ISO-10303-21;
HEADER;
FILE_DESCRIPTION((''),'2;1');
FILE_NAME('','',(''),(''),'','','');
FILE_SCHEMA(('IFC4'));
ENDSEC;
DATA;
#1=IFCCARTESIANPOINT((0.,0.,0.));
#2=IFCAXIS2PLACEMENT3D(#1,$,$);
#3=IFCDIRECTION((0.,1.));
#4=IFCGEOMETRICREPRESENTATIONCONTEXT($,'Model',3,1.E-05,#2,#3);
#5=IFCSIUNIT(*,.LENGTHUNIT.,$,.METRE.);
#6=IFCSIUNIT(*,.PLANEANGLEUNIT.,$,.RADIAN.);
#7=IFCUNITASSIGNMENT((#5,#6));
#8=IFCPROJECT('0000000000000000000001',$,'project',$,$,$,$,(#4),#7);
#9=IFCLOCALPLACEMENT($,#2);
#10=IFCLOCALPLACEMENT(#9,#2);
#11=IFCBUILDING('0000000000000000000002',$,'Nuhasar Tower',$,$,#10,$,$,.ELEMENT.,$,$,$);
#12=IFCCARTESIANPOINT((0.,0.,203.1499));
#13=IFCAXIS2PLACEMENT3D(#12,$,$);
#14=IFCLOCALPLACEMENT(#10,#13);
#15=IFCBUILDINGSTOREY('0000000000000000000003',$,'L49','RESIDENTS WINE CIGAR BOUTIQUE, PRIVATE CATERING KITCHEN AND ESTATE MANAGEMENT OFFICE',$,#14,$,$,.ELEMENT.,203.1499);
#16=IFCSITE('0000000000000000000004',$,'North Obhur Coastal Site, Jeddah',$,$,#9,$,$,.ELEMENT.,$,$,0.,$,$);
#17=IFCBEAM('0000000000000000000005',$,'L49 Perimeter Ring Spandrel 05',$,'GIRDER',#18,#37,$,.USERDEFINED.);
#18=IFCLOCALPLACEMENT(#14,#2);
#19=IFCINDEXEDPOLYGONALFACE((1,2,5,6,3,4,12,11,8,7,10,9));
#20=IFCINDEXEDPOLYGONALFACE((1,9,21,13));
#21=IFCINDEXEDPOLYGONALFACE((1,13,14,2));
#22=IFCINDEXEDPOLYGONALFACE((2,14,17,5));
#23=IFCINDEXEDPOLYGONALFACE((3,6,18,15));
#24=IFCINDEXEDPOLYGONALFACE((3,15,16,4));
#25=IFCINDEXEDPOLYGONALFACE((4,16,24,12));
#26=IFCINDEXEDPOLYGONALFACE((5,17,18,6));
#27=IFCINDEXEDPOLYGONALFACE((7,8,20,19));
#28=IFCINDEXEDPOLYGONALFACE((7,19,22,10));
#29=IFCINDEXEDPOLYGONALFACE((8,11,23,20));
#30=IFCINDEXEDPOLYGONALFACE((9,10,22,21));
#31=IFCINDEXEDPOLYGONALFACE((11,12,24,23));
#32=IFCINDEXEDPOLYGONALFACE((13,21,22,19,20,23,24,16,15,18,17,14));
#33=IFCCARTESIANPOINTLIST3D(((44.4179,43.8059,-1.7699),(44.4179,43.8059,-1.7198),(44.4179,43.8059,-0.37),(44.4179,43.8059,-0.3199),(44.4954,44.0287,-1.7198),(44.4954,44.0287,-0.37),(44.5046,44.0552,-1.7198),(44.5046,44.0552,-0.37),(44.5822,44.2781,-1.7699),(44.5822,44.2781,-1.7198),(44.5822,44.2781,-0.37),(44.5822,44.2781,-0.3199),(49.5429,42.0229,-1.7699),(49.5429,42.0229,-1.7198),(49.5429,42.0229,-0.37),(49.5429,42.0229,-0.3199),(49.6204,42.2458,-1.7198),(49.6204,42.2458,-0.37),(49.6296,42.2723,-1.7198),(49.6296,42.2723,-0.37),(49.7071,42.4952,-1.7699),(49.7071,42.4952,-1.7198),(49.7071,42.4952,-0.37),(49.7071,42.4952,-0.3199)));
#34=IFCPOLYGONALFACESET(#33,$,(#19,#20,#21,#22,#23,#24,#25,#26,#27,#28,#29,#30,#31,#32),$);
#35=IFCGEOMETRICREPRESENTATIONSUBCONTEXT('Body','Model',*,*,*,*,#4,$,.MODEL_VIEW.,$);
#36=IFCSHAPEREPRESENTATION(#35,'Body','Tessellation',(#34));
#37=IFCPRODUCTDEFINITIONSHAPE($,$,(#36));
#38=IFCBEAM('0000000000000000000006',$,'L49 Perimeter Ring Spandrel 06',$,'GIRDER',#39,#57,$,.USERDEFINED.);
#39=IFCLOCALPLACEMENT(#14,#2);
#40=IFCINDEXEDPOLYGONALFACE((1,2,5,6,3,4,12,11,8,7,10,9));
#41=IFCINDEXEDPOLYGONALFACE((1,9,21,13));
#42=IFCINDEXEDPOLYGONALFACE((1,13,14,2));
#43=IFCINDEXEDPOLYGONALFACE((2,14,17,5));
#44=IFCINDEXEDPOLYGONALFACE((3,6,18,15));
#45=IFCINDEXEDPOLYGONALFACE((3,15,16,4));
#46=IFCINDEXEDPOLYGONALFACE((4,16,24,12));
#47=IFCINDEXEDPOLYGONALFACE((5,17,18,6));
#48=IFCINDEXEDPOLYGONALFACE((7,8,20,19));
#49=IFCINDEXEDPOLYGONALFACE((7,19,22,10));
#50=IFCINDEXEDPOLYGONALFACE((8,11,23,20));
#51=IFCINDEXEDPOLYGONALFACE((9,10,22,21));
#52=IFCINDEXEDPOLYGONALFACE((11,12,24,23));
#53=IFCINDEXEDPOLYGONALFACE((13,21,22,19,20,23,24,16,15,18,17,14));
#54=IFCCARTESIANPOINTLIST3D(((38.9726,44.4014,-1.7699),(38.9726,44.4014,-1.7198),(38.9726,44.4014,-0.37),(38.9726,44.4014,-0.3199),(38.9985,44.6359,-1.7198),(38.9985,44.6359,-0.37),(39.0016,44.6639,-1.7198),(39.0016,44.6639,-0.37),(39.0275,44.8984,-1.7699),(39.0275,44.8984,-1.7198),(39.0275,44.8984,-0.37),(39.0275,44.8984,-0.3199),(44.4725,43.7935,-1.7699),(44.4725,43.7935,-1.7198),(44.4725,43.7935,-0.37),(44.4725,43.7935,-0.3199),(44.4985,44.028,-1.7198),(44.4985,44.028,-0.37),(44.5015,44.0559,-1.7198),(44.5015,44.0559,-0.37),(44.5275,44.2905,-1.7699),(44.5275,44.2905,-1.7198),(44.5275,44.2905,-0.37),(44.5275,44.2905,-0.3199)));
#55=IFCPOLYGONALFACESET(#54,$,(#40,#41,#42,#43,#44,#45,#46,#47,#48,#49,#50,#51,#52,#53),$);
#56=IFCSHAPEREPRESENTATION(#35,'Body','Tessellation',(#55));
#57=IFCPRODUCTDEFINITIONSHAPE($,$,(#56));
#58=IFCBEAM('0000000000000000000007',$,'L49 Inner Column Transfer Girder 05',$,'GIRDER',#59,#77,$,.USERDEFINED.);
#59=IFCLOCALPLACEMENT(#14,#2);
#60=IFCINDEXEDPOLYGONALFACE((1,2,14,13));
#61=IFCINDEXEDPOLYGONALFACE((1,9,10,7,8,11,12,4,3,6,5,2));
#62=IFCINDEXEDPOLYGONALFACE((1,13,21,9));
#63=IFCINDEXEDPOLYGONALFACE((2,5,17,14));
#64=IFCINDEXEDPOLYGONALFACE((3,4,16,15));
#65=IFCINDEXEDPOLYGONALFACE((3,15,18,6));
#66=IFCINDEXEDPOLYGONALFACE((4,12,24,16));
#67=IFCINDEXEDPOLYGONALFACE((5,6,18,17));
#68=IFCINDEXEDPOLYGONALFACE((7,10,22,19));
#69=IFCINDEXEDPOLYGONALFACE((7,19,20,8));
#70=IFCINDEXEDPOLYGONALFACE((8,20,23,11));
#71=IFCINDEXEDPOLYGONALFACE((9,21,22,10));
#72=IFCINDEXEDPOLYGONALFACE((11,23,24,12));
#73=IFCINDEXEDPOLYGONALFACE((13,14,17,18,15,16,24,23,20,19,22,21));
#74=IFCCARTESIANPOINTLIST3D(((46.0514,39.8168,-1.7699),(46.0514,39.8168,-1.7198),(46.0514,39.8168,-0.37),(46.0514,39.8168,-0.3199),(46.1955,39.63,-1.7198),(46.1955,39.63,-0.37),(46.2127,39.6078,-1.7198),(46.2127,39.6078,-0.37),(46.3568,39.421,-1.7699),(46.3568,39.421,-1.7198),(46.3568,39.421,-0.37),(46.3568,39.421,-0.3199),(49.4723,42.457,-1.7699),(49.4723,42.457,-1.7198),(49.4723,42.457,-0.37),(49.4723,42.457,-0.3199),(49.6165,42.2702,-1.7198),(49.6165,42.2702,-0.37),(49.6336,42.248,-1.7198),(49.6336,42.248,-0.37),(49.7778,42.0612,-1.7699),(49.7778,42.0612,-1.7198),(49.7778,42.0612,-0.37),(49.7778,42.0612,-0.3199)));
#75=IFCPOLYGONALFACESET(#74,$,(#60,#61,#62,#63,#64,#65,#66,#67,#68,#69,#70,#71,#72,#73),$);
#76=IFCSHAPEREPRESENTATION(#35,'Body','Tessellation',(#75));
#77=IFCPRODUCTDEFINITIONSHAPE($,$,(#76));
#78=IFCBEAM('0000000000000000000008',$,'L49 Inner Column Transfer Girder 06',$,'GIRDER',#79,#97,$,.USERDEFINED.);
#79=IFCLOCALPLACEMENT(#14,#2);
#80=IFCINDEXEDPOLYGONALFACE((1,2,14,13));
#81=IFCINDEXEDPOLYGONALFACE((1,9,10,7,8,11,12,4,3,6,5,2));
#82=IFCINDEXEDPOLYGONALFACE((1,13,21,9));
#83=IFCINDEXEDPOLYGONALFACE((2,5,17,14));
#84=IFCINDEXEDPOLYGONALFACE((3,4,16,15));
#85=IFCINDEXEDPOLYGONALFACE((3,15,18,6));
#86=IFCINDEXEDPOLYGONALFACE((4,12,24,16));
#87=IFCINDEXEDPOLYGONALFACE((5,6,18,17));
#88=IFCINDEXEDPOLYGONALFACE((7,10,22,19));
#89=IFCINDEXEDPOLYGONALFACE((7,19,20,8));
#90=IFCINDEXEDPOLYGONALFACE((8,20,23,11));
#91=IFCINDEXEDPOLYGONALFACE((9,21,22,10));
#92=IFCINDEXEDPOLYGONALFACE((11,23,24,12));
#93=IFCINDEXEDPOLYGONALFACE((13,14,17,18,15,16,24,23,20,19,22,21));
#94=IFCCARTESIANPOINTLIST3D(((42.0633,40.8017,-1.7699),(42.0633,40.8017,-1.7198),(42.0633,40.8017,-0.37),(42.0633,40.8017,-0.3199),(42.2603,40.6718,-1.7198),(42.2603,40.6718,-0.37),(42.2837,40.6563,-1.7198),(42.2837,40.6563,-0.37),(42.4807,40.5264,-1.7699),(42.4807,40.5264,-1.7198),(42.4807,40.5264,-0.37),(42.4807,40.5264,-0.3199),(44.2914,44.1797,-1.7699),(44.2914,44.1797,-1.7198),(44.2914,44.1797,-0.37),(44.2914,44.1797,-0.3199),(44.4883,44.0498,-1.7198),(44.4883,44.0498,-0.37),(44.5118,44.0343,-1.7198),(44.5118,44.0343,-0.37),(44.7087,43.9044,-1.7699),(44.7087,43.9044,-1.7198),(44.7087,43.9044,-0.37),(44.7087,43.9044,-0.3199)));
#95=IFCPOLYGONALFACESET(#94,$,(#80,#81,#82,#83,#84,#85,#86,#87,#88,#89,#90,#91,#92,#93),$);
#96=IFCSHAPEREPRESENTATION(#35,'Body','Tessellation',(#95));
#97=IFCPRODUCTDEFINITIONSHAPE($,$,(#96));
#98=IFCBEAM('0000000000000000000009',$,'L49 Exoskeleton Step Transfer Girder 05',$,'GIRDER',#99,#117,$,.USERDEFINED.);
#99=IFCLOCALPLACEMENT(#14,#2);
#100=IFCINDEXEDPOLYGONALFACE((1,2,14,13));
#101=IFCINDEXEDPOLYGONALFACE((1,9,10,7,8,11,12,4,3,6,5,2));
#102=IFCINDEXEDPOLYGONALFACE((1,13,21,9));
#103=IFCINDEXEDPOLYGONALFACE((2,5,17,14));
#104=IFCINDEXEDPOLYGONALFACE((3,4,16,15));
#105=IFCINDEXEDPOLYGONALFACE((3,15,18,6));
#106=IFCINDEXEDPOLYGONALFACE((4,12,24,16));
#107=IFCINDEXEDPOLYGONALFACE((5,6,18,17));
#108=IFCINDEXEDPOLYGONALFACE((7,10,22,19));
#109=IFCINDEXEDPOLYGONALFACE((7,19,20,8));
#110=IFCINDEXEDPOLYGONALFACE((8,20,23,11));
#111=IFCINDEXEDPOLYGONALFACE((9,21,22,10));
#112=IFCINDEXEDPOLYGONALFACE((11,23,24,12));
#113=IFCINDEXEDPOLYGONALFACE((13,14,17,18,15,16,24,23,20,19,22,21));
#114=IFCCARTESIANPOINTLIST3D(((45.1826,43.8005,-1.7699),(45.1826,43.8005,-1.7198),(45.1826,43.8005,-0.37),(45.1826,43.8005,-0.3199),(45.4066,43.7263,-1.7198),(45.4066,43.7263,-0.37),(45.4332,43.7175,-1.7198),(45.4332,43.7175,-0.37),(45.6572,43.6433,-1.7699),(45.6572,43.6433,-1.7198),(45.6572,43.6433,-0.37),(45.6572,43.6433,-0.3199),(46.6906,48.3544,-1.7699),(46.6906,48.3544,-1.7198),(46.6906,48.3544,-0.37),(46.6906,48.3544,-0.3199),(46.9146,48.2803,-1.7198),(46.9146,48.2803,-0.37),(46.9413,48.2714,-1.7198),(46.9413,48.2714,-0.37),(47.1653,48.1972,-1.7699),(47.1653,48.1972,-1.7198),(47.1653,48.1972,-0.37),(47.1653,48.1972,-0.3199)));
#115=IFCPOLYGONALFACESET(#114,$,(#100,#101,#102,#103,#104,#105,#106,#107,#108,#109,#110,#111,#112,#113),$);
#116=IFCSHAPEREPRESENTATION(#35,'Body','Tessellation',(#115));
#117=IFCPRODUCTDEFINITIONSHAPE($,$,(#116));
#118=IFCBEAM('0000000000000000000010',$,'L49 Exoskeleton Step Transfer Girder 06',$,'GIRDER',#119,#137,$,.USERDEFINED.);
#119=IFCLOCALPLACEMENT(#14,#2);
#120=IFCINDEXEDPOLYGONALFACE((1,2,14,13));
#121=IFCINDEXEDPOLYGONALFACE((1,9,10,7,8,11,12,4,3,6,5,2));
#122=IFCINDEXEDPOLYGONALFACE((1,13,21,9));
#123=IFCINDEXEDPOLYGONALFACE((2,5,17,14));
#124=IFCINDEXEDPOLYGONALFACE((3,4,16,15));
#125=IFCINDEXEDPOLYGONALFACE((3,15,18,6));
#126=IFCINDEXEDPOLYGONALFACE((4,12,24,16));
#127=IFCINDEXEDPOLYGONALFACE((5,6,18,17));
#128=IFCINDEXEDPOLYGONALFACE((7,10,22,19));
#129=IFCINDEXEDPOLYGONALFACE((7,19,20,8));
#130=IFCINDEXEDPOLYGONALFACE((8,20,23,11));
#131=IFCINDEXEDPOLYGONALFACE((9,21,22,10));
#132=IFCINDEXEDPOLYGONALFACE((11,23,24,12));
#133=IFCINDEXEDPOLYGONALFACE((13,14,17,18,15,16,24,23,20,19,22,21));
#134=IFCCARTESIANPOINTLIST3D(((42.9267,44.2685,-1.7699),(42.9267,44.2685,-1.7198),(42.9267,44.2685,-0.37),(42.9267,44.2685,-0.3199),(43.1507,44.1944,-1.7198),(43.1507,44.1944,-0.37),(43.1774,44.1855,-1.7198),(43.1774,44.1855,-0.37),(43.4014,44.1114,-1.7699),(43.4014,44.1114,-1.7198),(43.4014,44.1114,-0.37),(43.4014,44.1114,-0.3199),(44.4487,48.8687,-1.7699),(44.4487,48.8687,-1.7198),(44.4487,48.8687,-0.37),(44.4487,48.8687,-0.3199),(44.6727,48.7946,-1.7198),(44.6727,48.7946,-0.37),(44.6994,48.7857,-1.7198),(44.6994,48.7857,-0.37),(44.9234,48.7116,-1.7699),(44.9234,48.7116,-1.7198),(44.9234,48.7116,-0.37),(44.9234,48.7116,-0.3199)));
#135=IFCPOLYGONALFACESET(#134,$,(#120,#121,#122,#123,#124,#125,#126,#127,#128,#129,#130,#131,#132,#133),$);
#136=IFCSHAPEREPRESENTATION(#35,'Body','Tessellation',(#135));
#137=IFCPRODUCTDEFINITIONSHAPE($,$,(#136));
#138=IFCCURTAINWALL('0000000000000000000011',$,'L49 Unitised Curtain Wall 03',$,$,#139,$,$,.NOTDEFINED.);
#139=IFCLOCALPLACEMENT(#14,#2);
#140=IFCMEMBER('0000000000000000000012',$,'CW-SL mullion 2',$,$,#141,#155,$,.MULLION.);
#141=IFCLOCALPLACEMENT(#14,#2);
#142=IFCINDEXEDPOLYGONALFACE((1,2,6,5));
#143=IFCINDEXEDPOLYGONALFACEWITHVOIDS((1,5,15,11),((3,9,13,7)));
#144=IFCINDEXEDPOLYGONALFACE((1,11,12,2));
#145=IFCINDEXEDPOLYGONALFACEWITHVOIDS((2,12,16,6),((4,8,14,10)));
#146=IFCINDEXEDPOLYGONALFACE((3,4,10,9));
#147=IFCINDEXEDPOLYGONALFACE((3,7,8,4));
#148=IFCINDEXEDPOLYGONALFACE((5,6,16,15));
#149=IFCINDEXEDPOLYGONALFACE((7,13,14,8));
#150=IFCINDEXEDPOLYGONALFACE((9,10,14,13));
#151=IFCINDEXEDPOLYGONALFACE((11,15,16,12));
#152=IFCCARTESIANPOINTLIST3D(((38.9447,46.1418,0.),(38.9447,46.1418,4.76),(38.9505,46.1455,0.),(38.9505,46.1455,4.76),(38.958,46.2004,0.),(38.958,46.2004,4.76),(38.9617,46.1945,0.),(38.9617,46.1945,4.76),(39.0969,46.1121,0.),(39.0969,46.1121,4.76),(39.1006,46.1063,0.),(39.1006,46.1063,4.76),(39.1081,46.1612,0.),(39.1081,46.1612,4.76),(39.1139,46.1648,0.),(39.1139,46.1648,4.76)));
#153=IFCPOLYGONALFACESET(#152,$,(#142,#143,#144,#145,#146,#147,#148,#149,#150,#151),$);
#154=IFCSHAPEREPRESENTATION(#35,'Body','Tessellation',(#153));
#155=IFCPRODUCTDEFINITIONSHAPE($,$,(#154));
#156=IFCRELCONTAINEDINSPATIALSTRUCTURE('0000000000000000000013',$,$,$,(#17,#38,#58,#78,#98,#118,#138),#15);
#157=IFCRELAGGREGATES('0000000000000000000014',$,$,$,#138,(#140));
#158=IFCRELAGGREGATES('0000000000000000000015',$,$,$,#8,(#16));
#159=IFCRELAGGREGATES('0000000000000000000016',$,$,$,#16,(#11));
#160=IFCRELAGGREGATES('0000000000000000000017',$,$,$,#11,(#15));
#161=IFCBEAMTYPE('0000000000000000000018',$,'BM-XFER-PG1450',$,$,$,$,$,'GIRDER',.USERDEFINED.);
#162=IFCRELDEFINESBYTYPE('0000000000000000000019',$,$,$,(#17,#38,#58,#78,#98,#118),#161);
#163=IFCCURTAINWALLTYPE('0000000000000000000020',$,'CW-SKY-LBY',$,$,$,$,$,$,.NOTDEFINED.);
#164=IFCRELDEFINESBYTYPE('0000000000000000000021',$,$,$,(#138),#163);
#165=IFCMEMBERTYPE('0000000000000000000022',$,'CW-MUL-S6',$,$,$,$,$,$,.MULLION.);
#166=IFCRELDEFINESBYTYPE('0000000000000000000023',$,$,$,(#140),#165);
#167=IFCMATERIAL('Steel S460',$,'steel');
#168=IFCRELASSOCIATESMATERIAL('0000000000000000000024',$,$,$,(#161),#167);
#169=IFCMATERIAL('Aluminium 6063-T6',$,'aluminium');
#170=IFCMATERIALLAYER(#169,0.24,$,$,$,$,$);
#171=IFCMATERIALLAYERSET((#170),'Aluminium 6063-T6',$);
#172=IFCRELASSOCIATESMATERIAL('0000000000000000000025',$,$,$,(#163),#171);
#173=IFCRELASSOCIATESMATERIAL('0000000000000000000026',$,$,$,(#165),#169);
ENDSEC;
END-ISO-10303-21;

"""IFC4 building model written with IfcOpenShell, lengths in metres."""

from ifc_helpers import new_model, si_unit, direction, frame, origin, origin_2d, place, context, subcontext, project, spatial, hollow_rectangle, i_section, extrude, material, layer, layer_set, material_profile, profile_set, type_object, element, aggregate, save


model = new_model("IFC4")

# Units and contexts
model_context = context("Model", 3, precision=1e-05, world=origin(), true_north=direction((0.0, 1.0)))
body_context = subcontext(model_context, "Body", "Model", "MODEL_VIEW")
ifc_project = project(units=[si_unit("LENGTHUNIT", "METRE"), si_unit("PLANEANGLEUNIT", "RADIAN")], contexts=[model_context])

# Site, building, storey
site_placement = place(None, origin())
site = spatial("IfcSite", under=ifc_project, at=site_placement, Name="North Obhur Coastal Site, Jeddah", CompositionType="ELEMENT", RefElevation=0.0)
building_placement = place(site_placement, origin())
building = spatial("IfcBuilding", under=site, at=building_placement, Name="Nuhasar Tower", CompositionType="ELEMENT")
storey_placement = place(building_placement, frame((0.0, 0.0, 203.1499)))
storey = spatial("IfcBuildingStorey", under=building, at=storey_placement, Name="L49", Description="RESIDENTS WINE CIGAR BOUTIQUE, PRIVATE CATERING KITCHEN AND ESTATE MANAGEMENT OFFICE", CompositionType="ELEMENT", Elevation=203.1499)

# Beams
ifc_material_1 = material(Name="Steel S460", Category="steel")
ifc_material_profile_1 = material_profile(ifc_material_1, i_section(OverallWidth=0.5, OverallDepth=1.45, WebThickness=0.0281, FlangeThickness=0.05, at=origin_2d()), Name="PG1450X500")
ifc_profile_set_1 = profile_set([ifc_material_profile_1], Name="Steel S460")
beam_type_1 = type_object("IfcBeamType", Name="BM-XFER-PG1450", ElementType="GIRDER", PredefinedType="USERDEFINED", material=ifc_profile_set_1)
beam_1_placement = place(storey_placement, frame((49.625, 42.259, -1.0449), z_axis=(-0.944477, 0.328578, 0.0), x_axis=(-0.328578, -0.944477, 0.0)))
element("IfcBeam", 1, at=beam_1_placement, inside=storey, type_object=beam_type_1, Name="L49 Perimeter Ring Spandrel 05", ObjectType="GIRDER", PredefinedType="USERDEFINED", context=body_context, shape_type="SweptSolid", body=[
    extrude(i_section(OverallWidth=0.5, OverallDepth=1.45, WebThickness=0.0281, FlangeThickness=0.05, at=origin_2d()), origin(), (0.0, 0.0, 1.0), 5.4263),
])
beam_2_placement = place(storey_placement, frame((44.5, 44.042, -1.0449), z_axis=(-0.993947, 0.10986, 0.0), x_axis=(-0.10986, -0.993947, 0.0)))
element("IfcBeam", 2, at=beam_2_placement, inside=storey, type_object=beam_type_1, Name="L49 Perimeter Ring Spandrel 06", ObjectType="GIRDER", PredefinedType="USERDEFINED", context=body_context, shape_type="SweptSolid", body=[
    extrude(i_section(OverallWidth=0.5, OverallDepth=1.45, WebThickness=0.0281, FlangeThickness=0.05, at=origin_2d()), origin(), (0.0, 0.0, 1.0), 5.5334),
])
beam_3_placement = place(storey_placement, frame((46.2041, 39.6189, -1.0449), z_axis=(0.791653, 0.610971, 0.0), x_axis=(-0.610971, 0.791653, 0.0)))
element("IfcBeam", 3, at=beam_3_placement, inside=storey, type_object=beam_type_1, Name="L49 Inner Column Transfer Girder 05", ObjectType="GIRDER", PredefinedType="USERDEFINED", context=body_context, shape_type="SweptSolid", body=[
    extrude(i_section(OverallWidth=0.5, OverallDepth=1.45, WebThickness=0.0281, FlangeThickness=0.05, at=origin_2d()), origin(), (0.0, 0.0, 1.0), 4.3213),
])
beam_4_placement = place(storey_placement, frame((42.272, 40.6641, -1.0449), z_axis=(0.5506, 0.834769, 0.0), x_axis=(-0.834769, 0.5506, 0.0)))
element("IfcBeam", 4, at=beam_4_placement, inside=storey, type_object=beam_type_1, Name="L49 Inner Column Transfer Girder 06", ObjectType="GIRDER", PredefinedType="USERDEFINED", context=body_context, shape_type="SweptSolid", body=[
    extrude(i_section(OverallWidth=0.5, OverallDepth=1.45, WebThickness=0.0281, FlangeThickness=0.05, at=origin_2d()), origin(), (0.0, 0.0, 1.0), 4.0466),
])
beam_5_placement = place(storey_placement, frame((45.4199, 43.7219, -1.0449), z_axis=(0.314364, 0.949302, 0.0), x_axis=(-0.949302, 0.314364, 0.0)))
element("IfcBeam", 5, at=beam_5_placement, inside=storey, type_object=beam_type_1, Name="L49 Exoskeleton Step Transfer Girder 05", ObjectType="GIRDER", PredefinedType="USERDEFINED", context=body_context, shape_type="SweptSolid", body=[
    extrude(i_section(OverallWidth=0.5, OverallDepth=1.45, WebThickness=0.0281, FlangeThickness=0.05, at=origin_2d()), origin(), (0.0, 0.0, 1.0), 4.7971),
])
beam_6_placement = place(storey_placement, frame((43.1641, 44.1899, -1.0449), z_axis=(0.314111, 0.949386, 0.0), x_axis=(-0.949386, 0.314111, 0.0)))
element("IfcBeam", 6, at=beam_6_placement, inside=storey, type_object=beam_type_1, Name="L49 Exoskeleton Step Transfer Girder 06", ObjectType="GIRDER", PredefinedType="USERDEFINED", context=body_context, shape_type="SweptSolid", body=[
    extrude(i_section(OverallWidth=0.5, OverallDepth=1.45, WebThickness=0.0281, FlangeThickness=0.05, at=origin_2d()), origin(), (0.0, 0.0, 1.0), 4.8455),
])

# Curtain wall, member
ifc_material_2 = material(Name="Aluminium 6063-T6", Category="aluminium")
ifc_layer_1 = layer(ifc_material_2, 0.24)
ifc_layer_set_1 = layer_set([ifc_layer_1], Name="Aluminium 6063-T6")
curtain_wall_type = type_object("IfcCurtainWallType", Name="CW-SKY-LBY", PredefinedType="NOTDEFINED", material=ifc_layer_set_1)
curtain_wall_placement = place(storey_placement, origin())
curtain_wall = element("IfcCurtainWall", 7, at=curtain_wall_placement, inside=storey, type_object=curtain_wall_type, Name="L49 Unitised Curtain Wall 03", PredefinedType="NOTDEFINED")
ifc_material_profile_2 = material_profile(ifc_material_2, hollow_rectangle(XDim=0.0601, YDim=0.1599, WallThickness=0.0049, at=origin_2d()), Name="CWM-6")
ifc_profile_set_2 = profile_set([ifc_material_profile_2], Name="Aluminium 6063-T6")
member_type_1 = type_object("IfcMemberType", Name="CW-MUL-S6", PredefinedType="MULLION", material=ifc_profile_set_2)
member_1_placement = place(storey_placement, frame((39.0293, 46.1533, 0.0), z_axis=(0.0, 0.0, 1.0), x_axis=(-0.222243, -0.974991, 0.0)))
member_1 = element("IfcMember", 8, at=member_1_placement, type_object=member_type_1, Name="CW-SL mullion 2", PredefinedType="MULLION", context=body_context, shape_type="SweptSolid", body=[
    extrude(hollow_rectangle(XDim=0.0601, YDim=0.1599, WallThickness=0.0049, at=origin_2d()), origin(), (0.0, 0.0, 1.0), 4.76),
])

aggregate(curtain_wall, [member_1])

save(model, "model.ifc")
